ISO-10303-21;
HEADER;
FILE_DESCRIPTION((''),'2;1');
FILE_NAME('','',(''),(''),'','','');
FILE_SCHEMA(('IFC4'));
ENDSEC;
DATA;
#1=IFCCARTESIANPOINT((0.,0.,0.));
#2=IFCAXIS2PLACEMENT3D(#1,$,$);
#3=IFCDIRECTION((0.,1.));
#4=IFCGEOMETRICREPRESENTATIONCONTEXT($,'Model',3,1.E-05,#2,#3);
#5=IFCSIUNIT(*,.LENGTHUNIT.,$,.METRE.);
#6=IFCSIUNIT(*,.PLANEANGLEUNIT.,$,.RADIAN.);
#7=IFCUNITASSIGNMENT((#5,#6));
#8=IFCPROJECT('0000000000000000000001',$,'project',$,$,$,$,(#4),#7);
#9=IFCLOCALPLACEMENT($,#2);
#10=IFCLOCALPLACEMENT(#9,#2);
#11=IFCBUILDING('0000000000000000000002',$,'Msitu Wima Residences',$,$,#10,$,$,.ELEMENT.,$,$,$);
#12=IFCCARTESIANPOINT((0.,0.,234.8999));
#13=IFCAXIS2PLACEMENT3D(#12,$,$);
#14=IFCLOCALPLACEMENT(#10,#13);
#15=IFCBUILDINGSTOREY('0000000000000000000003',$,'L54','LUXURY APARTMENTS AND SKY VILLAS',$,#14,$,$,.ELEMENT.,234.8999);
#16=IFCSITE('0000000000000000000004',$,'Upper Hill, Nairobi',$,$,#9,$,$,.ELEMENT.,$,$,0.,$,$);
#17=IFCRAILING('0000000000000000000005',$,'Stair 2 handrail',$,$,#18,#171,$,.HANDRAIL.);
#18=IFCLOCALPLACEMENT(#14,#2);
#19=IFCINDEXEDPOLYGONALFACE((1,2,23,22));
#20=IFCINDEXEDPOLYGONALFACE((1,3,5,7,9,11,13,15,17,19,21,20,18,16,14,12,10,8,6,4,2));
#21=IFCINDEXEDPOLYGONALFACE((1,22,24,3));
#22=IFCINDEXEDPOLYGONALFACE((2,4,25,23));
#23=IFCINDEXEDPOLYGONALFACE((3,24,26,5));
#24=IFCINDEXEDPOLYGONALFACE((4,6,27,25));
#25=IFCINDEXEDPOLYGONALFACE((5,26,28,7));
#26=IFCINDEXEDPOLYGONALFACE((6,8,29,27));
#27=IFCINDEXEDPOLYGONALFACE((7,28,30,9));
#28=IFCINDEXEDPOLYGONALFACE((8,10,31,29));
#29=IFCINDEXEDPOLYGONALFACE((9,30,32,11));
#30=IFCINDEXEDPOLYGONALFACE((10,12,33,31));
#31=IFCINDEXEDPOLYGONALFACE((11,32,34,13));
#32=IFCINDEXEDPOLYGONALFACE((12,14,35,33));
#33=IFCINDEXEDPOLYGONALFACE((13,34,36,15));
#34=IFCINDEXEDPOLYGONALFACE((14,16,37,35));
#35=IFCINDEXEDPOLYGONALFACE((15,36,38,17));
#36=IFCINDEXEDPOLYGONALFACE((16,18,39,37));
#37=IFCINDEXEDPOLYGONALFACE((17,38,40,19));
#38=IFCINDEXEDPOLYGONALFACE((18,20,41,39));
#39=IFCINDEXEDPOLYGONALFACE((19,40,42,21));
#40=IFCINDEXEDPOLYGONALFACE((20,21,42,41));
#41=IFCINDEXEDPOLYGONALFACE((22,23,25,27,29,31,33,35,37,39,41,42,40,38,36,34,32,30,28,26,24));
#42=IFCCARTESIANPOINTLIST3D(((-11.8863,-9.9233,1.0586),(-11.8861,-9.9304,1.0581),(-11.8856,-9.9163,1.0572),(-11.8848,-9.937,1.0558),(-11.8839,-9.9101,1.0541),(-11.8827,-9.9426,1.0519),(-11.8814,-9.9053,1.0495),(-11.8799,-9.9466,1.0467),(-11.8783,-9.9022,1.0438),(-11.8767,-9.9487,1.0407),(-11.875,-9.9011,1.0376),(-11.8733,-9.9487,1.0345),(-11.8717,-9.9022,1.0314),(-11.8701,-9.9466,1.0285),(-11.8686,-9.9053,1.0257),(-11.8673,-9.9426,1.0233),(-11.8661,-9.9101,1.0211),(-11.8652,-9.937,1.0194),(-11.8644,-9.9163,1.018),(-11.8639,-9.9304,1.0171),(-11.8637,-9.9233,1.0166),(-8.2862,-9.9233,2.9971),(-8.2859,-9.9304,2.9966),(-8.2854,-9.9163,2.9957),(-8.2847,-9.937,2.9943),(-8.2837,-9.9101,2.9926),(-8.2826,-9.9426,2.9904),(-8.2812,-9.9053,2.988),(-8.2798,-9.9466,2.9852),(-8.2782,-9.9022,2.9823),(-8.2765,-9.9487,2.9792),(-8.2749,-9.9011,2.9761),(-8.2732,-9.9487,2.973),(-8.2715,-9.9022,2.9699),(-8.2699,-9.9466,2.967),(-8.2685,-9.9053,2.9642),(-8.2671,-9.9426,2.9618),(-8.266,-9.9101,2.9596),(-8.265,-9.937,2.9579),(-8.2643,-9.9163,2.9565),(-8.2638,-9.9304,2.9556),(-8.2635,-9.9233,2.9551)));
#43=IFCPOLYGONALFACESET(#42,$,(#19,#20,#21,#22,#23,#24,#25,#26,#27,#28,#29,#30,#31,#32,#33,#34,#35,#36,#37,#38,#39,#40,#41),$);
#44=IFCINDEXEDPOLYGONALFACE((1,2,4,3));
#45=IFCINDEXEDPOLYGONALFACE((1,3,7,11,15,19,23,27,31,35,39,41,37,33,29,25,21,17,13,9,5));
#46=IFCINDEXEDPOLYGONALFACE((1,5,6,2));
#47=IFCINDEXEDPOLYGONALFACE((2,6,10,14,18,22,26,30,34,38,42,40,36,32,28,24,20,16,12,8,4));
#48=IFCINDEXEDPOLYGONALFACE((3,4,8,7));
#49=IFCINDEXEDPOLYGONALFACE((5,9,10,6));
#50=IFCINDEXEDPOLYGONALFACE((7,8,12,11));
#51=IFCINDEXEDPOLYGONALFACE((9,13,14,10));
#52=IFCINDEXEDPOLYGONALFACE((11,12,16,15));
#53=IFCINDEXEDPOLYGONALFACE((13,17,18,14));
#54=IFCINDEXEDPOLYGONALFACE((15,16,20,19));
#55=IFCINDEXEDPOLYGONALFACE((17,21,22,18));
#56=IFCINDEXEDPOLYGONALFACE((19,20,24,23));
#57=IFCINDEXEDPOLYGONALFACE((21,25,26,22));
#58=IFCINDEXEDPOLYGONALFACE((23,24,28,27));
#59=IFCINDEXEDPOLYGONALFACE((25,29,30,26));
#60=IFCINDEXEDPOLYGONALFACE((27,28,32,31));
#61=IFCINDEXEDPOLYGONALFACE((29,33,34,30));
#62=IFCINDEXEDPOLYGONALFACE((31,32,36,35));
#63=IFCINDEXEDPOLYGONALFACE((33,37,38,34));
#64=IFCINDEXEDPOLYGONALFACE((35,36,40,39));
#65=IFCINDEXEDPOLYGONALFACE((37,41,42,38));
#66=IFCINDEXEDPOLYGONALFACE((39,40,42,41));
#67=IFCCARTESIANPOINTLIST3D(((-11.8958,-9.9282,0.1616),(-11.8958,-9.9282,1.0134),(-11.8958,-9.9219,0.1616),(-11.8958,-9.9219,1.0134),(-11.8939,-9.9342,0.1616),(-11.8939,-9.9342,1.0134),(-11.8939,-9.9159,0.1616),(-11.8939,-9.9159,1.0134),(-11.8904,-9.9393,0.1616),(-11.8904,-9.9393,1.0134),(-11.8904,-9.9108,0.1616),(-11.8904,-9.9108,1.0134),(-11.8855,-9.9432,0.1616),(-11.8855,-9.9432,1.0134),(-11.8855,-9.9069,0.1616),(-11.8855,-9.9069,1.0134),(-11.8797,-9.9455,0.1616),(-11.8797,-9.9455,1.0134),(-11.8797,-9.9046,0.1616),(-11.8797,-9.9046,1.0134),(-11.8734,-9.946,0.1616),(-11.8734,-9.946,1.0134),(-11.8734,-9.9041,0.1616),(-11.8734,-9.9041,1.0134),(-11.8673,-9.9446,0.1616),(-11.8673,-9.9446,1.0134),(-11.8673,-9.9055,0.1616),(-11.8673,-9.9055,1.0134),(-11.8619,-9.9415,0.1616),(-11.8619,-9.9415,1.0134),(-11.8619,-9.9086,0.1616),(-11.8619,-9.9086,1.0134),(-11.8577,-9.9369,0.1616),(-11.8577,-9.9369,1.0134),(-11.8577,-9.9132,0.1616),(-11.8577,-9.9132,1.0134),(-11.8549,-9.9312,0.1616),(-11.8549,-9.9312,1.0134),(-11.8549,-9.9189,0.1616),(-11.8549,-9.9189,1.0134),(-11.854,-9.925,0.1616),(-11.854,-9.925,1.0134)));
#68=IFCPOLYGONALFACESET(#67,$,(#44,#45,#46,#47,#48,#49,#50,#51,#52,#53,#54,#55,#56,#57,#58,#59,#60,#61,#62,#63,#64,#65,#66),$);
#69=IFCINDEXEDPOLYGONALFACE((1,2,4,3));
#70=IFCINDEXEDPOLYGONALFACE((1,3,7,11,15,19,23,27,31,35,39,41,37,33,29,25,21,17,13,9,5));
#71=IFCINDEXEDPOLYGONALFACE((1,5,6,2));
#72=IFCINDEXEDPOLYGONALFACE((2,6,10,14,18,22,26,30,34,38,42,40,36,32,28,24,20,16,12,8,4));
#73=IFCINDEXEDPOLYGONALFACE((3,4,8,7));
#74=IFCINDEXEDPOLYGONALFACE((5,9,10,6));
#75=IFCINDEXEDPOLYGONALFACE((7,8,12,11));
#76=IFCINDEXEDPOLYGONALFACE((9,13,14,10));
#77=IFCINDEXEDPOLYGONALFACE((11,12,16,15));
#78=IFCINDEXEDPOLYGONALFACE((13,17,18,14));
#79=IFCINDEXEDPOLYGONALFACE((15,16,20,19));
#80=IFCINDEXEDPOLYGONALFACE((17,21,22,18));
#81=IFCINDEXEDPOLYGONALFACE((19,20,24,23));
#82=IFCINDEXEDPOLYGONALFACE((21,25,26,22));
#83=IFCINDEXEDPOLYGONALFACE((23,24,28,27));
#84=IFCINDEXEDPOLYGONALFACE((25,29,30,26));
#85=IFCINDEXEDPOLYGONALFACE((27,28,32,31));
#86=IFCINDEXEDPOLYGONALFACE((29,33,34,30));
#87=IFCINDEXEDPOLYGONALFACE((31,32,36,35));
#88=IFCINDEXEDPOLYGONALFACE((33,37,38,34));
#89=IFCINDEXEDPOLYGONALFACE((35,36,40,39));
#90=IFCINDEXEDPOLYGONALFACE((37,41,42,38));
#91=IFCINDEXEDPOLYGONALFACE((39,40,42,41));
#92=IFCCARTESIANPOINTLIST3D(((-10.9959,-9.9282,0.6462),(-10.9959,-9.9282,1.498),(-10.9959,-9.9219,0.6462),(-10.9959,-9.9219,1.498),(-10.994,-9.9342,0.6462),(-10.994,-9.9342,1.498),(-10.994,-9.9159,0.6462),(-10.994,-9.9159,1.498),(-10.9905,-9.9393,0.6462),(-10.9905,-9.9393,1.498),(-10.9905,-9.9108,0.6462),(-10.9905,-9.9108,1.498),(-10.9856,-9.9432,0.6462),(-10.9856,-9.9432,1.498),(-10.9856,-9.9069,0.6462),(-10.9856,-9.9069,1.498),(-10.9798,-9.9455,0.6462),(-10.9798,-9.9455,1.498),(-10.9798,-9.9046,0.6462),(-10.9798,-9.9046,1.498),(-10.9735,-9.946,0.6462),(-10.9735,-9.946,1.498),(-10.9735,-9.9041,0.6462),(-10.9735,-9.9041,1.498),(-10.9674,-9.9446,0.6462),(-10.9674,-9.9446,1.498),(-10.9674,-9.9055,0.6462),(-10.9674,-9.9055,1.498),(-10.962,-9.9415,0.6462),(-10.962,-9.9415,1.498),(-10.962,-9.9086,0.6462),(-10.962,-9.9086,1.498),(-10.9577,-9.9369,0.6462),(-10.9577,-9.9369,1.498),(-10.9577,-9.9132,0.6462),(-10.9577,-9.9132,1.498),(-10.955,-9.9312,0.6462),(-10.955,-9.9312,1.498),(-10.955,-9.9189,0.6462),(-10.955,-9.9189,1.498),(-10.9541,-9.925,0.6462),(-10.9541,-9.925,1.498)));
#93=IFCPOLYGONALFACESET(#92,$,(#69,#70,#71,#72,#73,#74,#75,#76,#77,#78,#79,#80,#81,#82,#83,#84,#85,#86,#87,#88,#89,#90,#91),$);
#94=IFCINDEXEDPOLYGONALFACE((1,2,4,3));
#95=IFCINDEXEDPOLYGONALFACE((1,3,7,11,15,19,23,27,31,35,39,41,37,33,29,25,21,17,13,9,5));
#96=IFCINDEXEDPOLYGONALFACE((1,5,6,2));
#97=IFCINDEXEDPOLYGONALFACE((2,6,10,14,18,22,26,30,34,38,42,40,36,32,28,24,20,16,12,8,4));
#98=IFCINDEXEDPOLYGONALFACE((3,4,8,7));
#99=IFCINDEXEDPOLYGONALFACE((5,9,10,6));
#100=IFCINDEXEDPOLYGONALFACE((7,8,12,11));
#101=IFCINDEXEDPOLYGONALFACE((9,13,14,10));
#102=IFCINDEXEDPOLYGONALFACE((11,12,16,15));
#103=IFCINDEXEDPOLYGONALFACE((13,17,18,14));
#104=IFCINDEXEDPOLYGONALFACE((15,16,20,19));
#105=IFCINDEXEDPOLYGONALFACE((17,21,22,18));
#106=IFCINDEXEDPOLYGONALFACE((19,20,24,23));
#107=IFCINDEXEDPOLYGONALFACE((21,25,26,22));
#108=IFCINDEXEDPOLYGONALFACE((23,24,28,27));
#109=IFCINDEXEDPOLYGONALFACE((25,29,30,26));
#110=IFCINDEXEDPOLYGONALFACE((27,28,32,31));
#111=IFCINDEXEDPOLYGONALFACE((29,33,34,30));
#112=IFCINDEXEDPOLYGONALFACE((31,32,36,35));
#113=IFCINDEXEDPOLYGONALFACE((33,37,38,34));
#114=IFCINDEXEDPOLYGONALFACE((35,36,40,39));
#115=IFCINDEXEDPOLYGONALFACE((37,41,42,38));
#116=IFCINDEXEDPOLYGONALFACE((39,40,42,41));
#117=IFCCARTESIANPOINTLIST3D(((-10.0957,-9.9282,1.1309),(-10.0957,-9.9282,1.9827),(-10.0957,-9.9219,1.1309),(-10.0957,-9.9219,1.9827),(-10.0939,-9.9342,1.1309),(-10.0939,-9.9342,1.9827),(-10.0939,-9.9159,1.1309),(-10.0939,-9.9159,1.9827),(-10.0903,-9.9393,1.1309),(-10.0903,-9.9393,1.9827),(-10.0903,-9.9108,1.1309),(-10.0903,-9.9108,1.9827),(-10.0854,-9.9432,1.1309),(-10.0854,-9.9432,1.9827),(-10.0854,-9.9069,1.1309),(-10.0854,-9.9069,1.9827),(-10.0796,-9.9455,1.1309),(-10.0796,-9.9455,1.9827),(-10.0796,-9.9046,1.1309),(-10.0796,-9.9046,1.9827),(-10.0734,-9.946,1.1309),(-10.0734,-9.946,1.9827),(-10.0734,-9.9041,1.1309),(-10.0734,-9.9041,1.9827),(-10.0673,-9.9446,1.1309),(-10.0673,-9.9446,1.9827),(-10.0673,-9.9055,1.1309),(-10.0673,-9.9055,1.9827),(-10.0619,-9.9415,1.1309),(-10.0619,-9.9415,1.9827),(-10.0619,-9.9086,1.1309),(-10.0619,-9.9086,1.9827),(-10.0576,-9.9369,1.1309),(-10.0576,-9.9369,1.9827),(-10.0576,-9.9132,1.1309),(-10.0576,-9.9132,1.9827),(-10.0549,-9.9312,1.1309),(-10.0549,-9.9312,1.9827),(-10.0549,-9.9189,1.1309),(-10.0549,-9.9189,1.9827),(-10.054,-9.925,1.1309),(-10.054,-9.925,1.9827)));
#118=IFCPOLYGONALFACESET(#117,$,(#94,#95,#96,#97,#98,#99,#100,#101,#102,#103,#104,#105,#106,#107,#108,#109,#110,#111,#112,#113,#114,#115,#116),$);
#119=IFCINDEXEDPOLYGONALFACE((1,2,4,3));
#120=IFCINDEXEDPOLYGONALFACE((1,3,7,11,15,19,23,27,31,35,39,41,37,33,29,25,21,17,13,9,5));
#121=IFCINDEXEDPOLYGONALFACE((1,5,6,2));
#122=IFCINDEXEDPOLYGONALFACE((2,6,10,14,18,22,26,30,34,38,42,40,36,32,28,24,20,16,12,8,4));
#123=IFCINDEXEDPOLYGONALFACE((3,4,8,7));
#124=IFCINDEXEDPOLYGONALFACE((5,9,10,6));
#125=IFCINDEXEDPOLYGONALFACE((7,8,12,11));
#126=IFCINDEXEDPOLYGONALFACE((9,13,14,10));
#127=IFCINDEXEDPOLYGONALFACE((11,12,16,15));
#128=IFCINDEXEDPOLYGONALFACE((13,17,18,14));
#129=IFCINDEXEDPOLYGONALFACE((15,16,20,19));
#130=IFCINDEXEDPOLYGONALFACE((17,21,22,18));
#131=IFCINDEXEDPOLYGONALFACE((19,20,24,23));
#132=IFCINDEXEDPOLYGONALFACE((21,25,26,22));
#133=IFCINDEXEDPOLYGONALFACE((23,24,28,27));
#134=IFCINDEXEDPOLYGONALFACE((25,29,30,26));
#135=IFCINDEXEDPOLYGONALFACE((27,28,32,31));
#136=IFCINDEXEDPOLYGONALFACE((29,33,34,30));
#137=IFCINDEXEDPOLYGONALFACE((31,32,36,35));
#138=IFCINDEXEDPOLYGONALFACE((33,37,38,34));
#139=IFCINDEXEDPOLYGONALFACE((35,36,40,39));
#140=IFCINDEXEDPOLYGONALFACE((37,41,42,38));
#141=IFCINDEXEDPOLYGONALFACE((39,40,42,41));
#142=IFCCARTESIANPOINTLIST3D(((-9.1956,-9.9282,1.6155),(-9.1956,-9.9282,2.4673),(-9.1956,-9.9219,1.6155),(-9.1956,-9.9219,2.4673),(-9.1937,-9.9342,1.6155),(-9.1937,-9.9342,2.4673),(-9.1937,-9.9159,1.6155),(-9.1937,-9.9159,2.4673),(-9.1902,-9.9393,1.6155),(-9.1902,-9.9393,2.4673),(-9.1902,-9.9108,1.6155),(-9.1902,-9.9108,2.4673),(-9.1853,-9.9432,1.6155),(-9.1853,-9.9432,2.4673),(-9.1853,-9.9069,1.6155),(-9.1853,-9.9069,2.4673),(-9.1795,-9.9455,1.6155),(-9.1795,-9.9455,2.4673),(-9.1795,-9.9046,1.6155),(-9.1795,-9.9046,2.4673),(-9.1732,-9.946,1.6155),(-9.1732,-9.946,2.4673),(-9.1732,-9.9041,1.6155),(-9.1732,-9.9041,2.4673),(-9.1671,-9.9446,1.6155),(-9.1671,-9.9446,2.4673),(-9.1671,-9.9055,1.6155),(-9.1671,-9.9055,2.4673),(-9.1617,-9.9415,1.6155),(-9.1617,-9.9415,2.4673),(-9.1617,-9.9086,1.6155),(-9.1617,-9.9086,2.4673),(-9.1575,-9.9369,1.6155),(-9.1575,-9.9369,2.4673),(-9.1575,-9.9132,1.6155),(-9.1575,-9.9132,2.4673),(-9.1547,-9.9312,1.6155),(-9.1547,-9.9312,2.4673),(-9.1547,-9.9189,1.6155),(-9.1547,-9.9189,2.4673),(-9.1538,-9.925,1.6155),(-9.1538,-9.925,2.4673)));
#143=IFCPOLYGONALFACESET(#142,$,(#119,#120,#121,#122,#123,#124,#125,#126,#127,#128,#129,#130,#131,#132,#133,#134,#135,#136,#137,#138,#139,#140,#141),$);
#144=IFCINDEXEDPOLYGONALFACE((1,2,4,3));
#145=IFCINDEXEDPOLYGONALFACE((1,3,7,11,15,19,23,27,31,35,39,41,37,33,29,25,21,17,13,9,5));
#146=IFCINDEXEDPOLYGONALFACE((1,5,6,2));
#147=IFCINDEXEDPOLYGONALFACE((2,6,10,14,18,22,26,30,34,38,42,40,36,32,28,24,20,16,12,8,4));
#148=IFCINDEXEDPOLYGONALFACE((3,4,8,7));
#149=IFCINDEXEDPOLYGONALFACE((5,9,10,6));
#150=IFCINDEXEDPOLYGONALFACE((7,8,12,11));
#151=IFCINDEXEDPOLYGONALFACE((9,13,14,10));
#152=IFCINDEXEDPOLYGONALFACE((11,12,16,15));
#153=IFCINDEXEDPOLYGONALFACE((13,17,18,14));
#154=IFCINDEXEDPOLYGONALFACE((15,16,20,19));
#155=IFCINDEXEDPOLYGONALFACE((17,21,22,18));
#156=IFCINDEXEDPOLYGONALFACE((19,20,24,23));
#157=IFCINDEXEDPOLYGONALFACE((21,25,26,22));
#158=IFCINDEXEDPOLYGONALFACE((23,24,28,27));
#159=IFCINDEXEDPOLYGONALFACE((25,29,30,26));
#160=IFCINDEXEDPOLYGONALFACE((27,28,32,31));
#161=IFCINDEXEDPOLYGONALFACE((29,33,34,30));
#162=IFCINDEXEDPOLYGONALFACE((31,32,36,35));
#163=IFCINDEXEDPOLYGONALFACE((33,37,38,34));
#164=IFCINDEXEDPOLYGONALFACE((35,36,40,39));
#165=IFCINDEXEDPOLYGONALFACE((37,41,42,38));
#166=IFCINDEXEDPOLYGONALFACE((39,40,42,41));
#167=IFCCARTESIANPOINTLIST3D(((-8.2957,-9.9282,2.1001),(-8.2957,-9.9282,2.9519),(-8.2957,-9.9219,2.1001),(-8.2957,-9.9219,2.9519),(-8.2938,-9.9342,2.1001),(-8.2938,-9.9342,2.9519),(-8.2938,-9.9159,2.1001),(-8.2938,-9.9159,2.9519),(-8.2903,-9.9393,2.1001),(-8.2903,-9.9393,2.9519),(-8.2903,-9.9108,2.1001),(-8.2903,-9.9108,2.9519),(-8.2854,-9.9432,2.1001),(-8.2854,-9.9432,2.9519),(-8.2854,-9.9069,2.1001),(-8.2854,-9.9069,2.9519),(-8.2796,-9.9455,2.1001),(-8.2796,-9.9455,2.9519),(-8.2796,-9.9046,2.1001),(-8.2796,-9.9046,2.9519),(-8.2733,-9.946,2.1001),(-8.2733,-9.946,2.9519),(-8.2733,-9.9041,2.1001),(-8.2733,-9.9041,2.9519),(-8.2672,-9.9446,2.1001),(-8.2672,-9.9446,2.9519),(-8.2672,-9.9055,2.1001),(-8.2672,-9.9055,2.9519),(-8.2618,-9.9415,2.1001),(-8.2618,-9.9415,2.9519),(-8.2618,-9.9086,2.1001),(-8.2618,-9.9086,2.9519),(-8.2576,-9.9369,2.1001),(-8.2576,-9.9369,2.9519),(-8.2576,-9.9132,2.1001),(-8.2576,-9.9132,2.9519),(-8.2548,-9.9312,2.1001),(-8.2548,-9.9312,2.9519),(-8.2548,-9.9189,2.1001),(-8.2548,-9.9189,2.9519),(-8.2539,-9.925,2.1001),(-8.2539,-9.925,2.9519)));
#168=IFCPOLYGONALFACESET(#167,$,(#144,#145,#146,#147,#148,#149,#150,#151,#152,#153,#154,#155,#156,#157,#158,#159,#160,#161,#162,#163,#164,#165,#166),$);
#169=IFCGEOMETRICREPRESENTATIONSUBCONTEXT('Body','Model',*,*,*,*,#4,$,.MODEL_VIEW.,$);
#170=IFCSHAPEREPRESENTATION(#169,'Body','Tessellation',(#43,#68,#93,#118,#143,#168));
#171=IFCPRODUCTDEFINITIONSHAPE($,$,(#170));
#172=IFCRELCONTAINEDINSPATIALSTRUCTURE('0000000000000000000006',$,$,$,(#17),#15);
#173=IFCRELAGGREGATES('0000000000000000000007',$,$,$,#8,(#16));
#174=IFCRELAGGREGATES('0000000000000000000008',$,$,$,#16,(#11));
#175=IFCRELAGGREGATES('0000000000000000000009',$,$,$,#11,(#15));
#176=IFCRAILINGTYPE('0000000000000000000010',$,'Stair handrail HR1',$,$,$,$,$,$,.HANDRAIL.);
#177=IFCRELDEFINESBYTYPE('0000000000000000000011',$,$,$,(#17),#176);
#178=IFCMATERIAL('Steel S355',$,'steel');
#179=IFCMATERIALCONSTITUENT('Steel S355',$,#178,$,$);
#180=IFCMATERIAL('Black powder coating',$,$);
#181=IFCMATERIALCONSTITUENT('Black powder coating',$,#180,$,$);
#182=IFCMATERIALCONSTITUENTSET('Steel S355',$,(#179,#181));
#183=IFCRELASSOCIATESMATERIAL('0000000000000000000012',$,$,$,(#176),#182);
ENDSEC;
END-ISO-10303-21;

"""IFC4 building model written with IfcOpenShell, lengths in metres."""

from ifc_helpers import new_model, si_unit, direction, frame, origin, origin_2d, place, context, subcontext, project, spatial, circle, extrude, material, constituent, constituent_set, type_object, element, save


model = new_model("IFC4")

# Units and contexts
model_context = context("Model", 3, precision=1e-05, world=origin(), true_north=direction((0.0, 1.0)))
body_context = subcontext(model_context, "Body", "Model", "MODEL_VIEW")
ifc_project = project(units=[si_unit("LENGTHUNIT", "METRE"), si_unit("PLANEANGLEUNIT", "RADIAN")], contexts=[model_context])

# Site, building, storey
site_placement = place(None, origin())
site = spatial("IfcSite", under=ifc_project, at=site_placement, Name="Upper Hill, Nairobi", CompositionType="ELEMENT", RefElevation=0.0)
building_placement = place(site_placement, origin())
building = spatial("IfcBuilding", under=site, at=building_placement, Name="Msitu Wima Residences", CompositionType="ELEMENT")
storey_placement = place(building_placement, frame((0.0, 0.0, 234.8999)))
storey = spatial("IfcBuildingStorey", under=building, at=storey_placement, Name="L54", Description="LUXURY APARTMENTS AND SKY VILLAS", CompositionType="ELEMENT", Elevation=234.8999)

# Railing
ifc_material_1 = material(Name="Steel S355", Category="steel")
ifc_constituent_1 = constituent(ifc_material_1, Name="Steel S355")
ifc_material_2 = material(Name="Black powder coating")
ifc_constituent_2 = constituent(ifc_material_2, Name="Black powder coating")
ifc_constituent_set = constituent_set(constituents=[ifc_constituent_1, ifc_constituent_2], Name="Steel S355")
railing_type = type_object("IfcRailingType", Name="Stair handrail HR1", PredefinedType="HANDRAIL", material=ifc_constituent_set)
for number, where, name in (
    (1, (-11.875, -9.925, 0.1616), "Stair 2 handrail"),
):
    element("IfcRailing", number, at=place(storey_placement, frame(where)), inside=storey, type_object=railing_type, Name=name, PredefinedType="HANDRAIL", context=body_context, shape_type="SweptSolid", body=[
        extrude(circle(Radius=0.0239, at=origin_2d()), frame((0.0, 0.0, 0.876), z_axis=(0.880475, 0.0, 0.474093), x_axis=(0.0, 1.0, 0.0)), (0.0, 0.0, 1.0), 4.0889),
        extrude(circle(Radius=0.021, at=origin_2d()), origin(), (0.0, 0.0, 1.0), 0.8518),
        extrude(circle(Radius=0.021, at=origin_2d()), frame((0.8999, 0.0, 0.4846)), (0.0, 0.0, 1.0), 0.8518),
        extrude(circle(Radius=0.021, at=origin_2d()), frame((1.8, 0.0, 0.9692)), (0.0, 0.0, 1.0), 0.8518),
        extrude(circle(Radius=0.021, at=origin_2d()), frame((2.7002, 0.0, 1.4539)), (0.0, 0.0, 1.0), 0.8518),
        extrude(circle(Radius=0.021, at=origin_2d()), frame((3.6001, 0.0, 1.9385)), (0.0, 0.0, 1.0), 0.8518),
    ])

save(model, "model.ifc")
